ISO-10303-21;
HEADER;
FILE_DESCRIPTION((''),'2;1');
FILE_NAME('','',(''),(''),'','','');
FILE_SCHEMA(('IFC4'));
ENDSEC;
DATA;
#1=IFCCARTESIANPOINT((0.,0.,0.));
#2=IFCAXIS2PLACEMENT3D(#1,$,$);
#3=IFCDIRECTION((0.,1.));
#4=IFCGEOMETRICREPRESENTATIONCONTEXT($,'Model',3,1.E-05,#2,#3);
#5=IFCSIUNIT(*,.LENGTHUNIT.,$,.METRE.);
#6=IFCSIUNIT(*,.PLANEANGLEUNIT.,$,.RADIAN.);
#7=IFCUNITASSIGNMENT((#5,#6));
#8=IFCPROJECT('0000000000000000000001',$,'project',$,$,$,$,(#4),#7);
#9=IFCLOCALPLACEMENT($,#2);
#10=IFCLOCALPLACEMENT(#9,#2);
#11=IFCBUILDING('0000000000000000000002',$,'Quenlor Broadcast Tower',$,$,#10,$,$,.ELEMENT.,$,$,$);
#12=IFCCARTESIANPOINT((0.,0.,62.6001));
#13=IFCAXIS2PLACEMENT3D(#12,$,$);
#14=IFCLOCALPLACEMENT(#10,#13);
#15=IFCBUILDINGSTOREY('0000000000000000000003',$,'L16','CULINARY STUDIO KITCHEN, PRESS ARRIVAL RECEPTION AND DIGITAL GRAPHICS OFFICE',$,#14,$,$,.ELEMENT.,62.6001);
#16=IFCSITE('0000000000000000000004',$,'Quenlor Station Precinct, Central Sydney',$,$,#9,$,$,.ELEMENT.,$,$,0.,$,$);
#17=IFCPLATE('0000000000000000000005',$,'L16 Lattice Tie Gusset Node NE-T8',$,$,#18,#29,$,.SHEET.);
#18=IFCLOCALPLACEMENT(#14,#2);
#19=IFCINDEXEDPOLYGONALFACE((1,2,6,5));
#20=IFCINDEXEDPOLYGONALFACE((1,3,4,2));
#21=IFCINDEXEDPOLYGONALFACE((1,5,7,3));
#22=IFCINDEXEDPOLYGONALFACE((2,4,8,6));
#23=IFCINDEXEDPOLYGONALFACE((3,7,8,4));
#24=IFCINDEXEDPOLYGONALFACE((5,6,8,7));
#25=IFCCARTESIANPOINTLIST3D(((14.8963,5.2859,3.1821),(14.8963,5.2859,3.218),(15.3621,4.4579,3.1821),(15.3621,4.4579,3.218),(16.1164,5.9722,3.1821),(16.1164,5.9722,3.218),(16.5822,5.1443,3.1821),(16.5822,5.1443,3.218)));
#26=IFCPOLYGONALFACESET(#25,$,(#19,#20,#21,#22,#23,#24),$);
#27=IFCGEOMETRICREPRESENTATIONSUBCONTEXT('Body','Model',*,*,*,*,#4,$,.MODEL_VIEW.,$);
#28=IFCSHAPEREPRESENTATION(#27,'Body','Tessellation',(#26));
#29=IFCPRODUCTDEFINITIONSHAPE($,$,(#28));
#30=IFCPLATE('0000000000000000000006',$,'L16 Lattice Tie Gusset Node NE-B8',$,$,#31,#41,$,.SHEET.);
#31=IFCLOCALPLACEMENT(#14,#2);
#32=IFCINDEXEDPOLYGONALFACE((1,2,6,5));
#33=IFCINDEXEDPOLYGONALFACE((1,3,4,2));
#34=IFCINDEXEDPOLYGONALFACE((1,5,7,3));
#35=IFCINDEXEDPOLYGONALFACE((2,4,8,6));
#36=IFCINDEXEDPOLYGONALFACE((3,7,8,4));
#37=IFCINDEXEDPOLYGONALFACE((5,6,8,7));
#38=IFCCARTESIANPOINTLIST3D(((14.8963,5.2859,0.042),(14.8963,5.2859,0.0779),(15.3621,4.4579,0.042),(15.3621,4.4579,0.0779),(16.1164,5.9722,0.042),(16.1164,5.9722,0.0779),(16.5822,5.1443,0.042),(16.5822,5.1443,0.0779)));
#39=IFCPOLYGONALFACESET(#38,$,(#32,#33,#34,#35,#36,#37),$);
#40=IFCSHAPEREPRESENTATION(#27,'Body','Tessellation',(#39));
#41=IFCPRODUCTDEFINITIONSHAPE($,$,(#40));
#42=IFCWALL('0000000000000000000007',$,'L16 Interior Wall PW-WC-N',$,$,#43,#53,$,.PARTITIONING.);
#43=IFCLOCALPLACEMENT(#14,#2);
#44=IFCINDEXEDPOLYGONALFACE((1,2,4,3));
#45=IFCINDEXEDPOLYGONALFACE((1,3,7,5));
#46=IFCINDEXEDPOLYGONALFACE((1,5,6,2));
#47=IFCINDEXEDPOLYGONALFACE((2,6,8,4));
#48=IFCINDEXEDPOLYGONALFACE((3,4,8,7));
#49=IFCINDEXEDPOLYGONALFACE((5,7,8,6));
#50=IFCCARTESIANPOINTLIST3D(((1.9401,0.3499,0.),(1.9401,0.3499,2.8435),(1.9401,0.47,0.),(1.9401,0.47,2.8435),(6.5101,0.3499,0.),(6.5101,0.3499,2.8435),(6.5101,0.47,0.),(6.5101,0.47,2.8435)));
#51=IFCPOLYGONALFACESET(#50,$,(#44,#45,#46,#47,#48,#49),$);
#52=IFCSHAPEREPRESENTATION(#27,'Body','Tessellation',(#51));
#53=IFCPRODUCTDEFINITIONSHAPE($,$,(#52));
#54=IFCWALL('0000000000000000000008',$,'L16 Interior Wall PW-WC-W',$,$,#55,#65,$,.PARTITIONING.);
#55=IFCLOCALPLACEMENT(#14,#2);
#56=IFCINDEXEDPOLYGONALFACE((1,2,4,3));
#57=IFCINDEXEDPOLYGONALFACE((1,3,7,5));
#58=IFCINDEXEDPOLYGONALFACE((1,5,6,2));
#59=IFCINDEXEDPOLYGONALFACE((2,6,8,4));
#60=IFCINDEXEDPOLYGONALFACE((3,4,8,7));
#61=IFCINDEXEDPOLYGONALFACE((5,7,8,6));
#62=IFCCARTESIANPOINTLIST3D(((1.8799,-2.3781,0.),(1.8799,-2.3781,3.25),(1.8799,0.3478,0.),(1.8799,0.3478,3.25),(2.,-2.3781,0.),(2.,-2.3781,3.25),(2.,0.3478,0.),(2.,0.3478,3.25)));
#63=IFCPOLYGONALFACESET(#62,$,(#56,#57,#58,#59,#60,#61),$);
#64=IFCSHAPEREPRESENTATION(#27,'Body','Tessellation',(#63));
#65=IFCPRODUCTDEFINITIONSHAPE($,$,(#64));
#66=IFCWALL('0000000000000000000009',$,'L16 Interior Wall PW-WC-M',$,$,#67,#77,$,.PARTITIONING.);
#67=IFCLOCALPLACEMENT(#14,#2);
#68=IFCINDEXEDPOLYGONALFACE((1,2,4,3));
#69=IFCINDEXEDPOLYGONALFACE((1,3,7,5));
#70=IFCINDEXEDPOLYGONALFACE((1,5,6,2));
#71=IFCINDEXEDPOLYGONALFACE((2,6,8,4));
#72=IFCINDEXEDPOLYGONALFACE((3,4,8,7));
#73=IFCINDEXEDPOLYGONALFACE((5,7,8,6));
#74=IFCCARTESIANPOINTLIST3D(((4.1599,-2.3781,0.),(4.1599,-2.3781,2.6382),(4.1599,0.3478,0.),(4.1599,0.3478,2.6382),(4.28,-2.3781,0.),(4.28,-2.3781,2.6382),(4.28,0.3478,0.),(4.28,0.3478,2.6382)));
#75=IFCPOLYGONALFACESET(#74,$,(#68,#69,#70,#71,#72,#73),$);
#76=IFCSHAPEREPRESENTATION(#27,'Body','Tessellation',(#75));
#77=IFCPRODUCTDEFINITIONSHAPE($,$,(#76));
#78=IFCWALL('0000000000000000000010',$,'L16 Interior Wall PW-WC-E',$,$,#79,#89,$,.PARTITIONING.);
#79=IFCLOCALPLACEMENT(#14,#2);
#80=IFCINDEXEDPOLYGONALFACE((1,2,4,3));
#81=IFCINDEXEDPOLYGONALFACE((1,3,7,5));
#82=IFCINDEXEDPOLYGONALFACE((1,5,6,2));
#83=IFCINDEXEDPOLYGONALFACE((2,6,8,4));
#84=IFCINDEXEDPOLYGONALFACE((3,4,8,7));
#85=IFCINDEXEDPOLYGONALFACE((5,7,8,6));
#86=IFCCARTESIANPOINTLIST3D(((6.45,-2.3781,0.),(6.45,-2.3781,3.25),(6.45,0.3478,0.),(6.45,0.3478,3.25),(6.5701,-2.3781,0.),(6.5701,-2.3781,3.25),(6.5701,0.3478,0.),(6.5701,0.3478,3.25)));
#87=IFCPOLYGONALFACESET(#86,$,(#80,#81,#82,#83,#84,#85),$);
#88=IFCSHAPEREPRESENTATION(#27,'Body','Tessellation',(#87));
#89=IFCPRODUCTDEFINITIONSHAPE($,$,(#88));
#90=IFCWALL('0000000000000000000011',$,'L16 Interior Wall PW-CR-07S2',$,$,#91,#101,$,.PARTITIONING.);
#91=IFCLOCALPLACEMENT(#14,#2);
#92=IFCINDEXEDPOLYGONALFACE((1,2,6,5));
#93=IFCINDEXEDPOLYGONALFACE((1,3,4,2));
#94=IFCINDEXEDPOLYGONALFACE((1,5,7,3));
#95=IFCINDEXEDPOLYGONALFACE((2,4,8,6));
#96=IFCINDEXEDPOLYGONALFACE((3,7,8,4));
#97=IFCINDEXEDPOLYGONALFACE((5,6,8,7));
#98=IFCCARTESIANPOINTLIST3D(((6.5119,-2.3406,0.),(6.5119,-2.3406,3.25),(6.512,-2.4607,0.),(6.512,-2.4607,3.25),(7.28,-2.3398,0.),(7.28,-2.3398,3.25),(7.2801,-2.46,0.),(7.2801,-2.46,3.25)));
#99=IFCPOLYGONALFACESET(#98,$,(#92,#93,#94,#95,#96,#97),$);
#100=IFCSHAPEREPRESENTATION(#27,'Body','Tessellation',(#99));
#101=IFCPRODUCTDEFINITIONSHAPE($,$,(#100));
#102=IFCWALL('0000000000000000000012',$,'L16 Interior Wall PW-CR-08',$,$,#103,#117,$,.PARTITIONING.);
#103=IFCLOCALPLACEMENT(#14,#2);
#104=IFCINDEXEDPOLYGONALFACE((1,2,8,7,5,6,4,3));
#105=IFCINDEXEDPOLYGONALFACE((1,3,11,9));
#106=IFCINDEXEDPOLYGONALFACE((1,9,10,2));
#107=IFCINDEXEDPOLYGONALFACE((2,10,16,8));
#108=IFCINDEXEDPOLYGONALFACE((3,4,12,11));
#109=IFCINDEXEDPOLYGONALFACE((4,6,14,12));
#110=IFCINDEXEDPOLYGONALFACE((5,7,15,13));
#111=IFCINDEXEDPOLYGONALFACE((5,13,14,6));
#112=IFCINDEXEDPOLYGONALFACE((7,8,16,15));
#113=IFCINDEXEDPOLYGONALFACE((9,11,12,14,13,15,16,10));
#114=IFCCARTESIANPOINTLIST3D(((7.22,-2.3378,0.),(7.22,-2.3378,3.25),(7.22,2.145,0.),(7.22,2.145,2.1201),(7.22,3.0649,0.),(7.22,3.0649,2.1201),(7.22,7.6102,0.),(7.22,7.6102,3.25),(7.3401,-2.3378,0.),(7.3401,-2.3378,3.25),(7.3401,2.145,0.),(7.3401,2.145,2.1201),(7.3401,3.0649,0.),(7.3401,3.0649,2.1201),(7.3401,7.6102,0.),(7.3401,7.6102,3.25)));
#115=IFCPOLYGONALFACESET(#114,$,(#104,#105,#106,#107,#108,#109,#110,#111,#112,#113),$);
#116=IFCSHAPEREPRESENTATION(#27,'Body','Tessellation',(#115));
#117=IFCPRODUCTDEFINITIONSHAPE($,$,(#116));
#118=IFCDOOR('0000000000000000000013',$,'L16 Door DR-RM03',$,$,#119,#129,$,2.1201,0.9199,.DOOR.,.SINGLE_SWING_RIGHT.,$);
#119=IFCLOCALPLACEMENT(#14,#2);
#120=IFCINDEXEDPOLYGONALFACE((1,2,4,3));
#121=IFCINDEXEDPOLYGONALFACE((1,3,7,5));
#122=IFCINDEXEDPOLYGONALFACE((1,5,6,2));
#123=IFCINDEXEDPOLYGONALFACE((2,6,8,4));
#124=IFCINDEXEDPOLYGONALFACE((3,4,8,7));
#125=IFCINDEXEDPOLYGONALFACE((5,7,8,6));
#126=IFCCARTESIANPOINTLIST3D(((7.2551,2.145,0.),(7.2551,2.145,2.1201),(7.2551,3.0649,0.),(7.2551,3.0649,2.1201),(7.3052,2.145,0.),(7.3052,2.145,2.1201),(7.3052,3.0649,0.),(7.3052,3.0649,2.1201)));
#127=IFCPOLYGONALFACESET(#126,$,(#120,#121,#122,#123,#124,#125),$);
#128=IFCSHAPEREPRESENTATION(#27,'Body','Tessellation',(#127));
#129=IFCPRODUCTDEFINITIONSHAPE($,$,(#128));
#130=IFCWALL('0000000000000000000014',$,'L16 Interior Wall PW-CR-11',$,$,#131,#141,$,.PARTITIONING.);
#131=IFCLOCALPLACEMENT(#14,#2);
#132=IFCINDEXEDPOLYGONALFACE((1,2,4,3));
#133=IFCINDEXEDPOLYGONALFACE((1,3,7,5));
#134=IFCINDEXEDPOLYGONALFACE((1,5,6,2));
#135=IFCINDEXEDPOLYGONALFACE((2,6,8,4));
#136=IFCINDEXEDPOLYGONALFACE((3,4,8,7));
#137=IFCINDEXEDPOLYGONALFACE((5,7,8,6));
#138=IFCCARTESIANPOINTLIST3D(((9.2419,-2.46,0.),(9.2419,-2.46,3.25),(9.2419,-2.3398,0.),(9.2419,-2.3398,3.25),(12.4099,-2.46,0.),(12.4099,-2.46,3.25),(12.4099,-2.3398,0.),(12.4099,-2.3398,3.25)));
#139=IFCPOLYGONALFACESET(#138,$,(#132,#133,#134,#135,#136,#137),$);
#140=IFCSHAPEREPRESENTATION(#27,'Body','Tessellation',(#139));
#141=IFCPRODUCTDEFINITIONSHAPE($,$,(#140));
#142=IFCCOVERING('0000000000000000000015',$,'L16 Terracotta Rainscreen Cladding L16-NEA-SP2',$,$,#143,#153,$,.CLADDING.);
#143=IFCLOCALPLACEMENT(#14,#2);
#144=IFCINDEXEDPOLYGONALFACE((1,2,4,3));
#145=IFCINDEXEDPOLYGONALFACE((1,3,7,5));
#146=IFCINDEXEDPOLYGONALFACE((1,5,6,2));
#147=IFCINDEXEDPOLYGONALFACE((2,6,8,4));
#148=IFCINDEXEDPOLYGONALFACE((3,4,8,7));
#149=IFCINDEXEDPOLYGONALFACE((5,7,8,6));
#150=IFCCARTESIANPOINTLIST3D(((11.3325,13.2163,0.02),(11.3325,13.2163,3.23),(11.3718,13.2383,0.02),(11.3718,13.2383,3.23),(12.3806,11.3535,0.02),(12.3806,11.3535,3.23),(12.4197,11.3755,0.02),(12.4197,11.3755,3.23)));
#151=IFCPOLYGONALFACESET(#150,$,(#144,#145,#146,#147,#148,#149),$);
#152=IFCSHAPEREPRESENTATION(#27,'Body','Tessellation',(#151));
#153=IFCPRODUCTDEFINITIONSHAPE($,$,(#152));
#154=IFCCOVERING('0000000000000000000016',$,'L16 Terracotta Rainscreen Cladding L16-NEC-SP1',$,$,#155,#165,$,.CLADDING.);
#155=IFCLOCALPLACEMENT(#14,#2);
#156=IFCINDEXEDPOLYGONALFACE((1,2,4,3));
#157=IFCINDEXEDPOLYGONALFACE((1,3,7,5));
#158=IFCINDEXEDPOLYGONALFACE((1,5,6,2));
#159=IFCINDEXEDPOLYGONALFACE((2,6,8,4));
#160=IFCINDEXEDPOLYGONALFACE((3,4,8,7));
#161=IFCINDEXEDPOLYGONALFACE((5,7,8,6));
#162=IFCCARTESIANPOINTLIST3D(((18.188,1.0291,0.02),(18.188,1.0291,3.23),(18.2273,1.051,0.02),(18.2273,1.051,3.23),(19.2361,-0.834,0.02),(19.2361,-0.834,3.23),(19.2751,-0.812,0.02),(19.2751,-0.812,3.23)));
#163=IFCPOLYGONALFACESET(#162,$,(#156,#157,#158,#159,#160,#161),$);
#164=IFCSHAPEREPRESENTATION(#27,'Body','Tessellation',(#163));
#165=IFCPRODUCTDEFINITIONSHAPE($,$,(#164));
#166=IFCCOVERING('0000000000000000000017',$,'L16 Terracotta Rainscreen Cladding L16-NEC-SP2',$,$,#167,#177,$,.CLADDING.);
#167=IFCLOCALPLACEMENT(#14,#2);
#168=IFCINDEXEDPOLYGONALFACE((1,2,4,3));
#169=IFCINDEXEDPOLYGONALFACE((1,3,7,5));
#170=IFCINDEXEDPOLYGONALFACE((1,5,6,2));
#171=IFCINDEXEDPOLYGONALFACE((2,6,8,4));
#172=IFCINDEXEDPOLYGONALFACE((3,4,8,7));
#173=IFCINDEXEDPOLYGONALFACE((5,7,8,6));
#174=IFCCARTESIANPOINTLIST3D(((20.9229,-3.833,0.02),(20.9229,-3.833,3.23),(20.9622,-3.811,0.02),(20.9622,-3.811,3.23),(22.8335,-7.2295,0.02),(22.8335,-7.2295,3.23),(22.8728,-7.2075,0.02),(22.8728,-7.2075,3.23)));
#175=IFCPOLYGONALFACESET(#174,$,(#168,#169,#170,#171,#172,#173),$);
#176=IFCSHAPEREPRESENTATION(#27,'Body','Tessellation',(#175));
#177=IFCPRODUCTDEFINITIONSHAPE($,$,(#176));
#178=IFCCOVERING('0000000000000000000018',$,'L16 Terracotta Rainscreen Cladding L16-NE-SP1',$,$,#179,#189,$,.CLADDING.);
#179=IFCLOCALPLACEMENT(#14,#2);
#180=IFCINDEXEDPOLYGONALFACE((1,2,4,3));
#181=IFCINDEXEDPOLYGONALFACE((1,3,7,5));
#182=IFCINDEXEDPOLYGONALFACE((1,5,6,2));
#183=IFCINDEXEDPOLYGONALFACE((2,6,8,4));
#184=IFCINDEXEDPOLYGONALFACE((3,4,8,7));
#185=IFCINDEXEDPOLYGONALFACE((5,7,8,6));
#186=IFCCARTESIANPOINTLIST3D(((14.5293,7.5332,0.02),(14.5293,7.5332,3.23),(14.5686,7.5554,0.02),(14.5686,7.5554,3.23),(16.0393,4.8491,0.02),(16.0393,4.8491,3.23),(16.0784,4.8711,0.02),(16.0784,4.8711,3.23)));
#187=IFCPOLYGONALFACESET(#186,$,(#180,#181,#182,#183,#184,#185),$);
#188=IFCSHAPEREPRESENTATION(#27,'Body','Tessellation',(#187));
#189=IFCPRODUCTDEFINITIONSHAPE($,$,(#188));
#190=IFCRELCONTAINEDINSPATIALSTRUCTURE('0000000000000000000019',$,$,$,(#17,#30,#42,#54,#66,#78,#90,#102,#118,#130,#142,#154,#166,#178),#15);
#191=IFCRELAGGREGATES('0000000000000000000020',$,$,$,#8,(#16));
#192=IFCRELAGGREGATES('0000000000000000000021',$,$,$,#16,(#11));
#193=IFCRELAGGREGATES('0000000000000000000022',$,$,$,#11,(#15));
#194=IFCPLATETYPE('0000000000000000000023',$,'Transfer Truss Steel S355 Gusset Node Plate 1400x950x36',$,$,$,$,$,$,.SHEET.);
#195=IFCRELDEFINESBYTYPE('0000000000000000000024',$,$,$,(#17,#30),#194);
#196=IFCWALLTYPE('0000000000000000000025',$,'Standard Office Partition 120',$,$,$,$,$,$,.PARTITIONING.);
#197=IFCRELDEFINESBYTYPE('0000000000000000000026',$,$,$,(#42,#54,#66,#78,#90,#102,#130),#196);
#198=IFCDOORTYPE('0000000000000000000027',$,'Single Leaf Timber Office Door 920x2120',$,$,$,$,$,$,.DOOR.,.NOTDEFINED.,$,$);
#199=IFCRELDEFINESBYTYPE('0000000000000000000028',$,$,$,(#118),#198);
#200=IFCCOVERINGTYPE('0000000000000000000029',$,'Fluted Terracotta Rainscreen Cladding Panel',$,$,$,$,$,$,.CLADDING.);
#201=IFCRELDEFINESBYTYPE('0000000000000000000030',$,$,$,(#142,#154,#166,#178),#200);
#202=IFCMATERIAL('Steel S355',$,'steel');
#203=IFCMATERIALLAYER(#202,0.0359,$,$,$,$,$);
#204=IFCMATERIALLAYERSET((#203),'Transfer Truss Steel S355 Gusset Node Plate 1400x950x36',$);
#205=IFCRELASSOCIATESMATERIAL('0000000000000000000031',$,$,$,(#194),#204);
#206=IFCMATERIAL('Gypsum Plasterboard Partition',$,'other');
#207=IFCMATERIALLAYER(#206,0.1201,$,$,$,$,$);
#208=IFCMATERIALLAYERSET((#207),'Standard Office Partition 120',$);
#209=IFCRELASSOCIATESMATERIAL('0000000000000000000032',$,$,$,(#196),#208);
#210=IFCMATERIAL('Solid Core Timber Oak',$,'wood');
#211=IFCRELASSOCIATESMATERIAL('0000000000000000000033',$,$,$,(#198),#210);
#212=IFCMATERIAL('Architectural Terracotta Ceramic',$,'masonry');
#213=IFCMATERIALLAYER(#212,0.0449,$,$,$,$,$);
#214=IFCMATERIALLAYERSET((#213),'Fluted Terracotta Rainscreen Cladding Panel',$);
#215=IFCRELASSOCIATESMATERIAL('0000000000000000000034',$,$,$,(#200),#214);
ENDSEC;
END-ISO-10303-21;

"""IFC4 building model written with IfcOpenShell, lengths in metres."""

from ifc_helpers import new_model, si_unit, direction, frame, frame_2d, origin, origin_2d, place, context, subcontext, project, spatial, polyline, rectangle, outline, extrude, material, layer, layer_set, type_object, element, fill, save


model = new_model("IFC4")

# Units and contexts
model_context = context("Model", 3, precision=1e-05, world=origin(), true_north=direction((0.0, 1.0)))
body_context = subcontext(model_context, "Body", "Model", "MODEL_VIEW")
ifc_project = project(units=[si_unit("LENGTHUNIT", "METRE"), si_unit("PLANEANGLEUNIT", "RADIAN")], contexts=[model_context])

# Site, building, storey
site_placement = place(None, origin())
site = spatial("IfcSite", under=ifc_project, at=site_placement, Name="Quenlor Station Precinct, Central Sydney", CompositionType="ELEMENT", RefElevation=0.0)
building_placement = place(site_placement, origin())
building = spatial("IfcBuilding", under=site, at=building_placement, Name="Quenlor Broadcast Tower", CompositionType="ELEMENT")
storey_placement = place(building_placement, frame((0.0, 0.0, 62.6001)))
storey = spatial("IfcBuildingStorey", under=building, at=storey_placement, Name="L16", Description="CULINARY STUDIO KITCHEN, PRESS ARRIVAL RECEPTION AND DIGITAL GRAPHICS OFFICE", CompositionType="ELEMENT", Elevation=62.6001)

# Plates
ifc_material_1 = material(Name="Steel S355", Category="steel")
ifc_layer_1 = layer(ifc_material_1, 0.0359)
ifc_layer_set_1 = layer_set([ifc_layer_1], Name="Transfer Truss Steel S355 Gusset Node Plate 1400x950x36")
plate_type = type_object("IfcPlateType", Name="Transfer Truss Steel S355 Gusset Node Plate 1400x950x36", PredefinedType="SHEET", material=ifc_layer_set_1)
for number, where, z_axis, x_axis, name in (
    (1, (15.7393, 5.2151, 3.1821), (0.0, 0.0, 1.0), (0.871556, 0.490295, 0.0), "L16 Lattice Tie Gusset Node NE-T8"),
    (2, (15.7393, 5.2151, 0.042), (0.0, 0.0, 1.0), (0.871556, 0.490295, 0.0), "L16 Lattice Tie Gusset Node NE-B8"),
):
    element("IfcPlate", number, at=place(storey_placement, frame(where, z_axis=z_axis, x_axis=x_axis)), inside=storey, type_object=plate_type, Name=name, PredefinedType="SHEET", context=body_context, shape_type="SweptSolid", body=[
        extrude(rectangle(XDim=1.3999, YDim=0.95, at=origin_2d()), origin(), (0.0, 0.0, 1.0), 0.0359),
    ])

# Walls
ifc_material_2 = material(Name="Gypsum Plasterboard Partition", Category="other")
ifc_layer_2 = layer(ifc_material_2, 0.1201)
ifc_layer_set_2 = layer_set([ifc_layer_2], Name="Standard Office Partition 120")
wall_type = type_object("IfcWallType", Name="Standard Office Partition 120", PredefinedType="PARTITIONING", material=ifc_layer_set_2)
wall_1_placement = place(storey_placement, frame((1.9399, 0.4099, 0.0), z_axis=(0.0, 0.0, 1.0), x_axis=(1.0, 0.0, 0.0)))
element("IfcWall", 3, at=wall_1_placement, inside=storey, type_object=wall_type, Name="L16 Interior Wall PW-WC-N", PredefinedType="PARTITIONING", context=body_context, shape_type="SweptSolid", body=[
    extrude(rectangle(XDim=4.5701, YDim=0.1201, at=frame_2d((2.2852, 0.0))), origin(), (0.0, 0.0, 1.0), 2.8435),
])
wall_2_placement = place(storey_placement, frame((1.9399, -2.3779, 0.0), z_axis=(0.0, 0.0, 1.0), x_axis=(0.0, 1.0, 0.0)))
element("IfcWall", 4, at=wall_2_placement, inside=storey, type_object=wall_type, Name="L16 Interior Wall PW-WC-W", PredefinedType="PARTITIONING", context=body_context, shape_type="SweptSolid", body=[
    extrude(rectangle(XDim=2.7258, YDim=0.1201, at=frame_2d((1.3628, 0.0))), origin(), (0.0, 0.0, 1.0), 3.25),
])
wall_3_placement = place(storey_placement, frame((4.22, -2.3779, 0.0), z_axis=(0.0, 0.0, 1.0), x_axis=(0.0, 1.0, 0.0)))
element("IfcWall", 5, at=wall_3_placement, inside=storey, type_object=wall_type, Name="L16 Interior Wall PW-WC-M", PredefinedType="PARTITIONING", context=body_context, shape_type="SweptSolid", body=[
    extrude(rectangle(XDim=2.7258, YDim=0.1201, at=frame_2d((1.3628, 0.0))), origin(), (0.0, 0.0, 1.0), 2.6382),
])
wall_4_placement = place(storey_placement, frame((6.51, -2.3779, 0.0), z_axis=(0.0, 0.0, 1.0), x_axis=(0.0, 1.0, 0.0)))
element("IfcWall", 6, at=wall_4_placement, inside=storey, type_object=wall_type, Name="L16 Interior Wall PW-WC-E", PredefinedType="PARTITIONING", context=body_context, shape_type="SweptSolid", body=[
    extrude(rectangle(XDim=2.7258, YDim=0.1201, at=frame_2d((1.3628, 0.0))), origin(), (0.0, 0.0, 1.0), 3.25),
])
wall_5_placement = place(storey_placement, frame((6.512, -2.4006, 0.0), z_axis=(0.0, 0.0, 1.0), x_axis=(1.0, 0.000954, 0.0)))
element("IfcWall", 7, at=wall_5_placement, inside=storey, type_object=wall_type, Name="L16 Interior Wall PW-CR-07S2", PredefinedType="PARTITIONING", context=body_context, shape_type="SweptSolid", body=[
    extrude(rectangle(XDim=0.7681, YDim=0.1201, at=frame_2d((0.384, 0.0))), origin(), (0.0, 0.0, 1.0), 3.25),
])

# Wall, opening, door
wall_6_placement = place(storey_placement, frame((7.28, -2.3379, 0.0), z_axis=(0.0, 0.0, 1.0), x_axis=(0.0, 1.0, 0.0)))
wall_6 = element("IfcWall", 8, at=wall_6_placement, inside=storey, type_object=wall_type, Name="L16 Interior Wall PW-CR-08", PredefinedType="PARTITIONING", context=body_context, shape_type="SweptSolid", body=[
    extrude(rectangle(XDim=9.948, YDim=0.1201, at=frame_2d((4.9741, 0.0))), origin(), (0.0, 0.0, 1.0), 3.25),
])
opening_placement = place(wall_6_placement, frame((4.4829, 0.0, 0.0)))
opening = element("IfcOpeningElement", 9, at=opening_placement, cuts=wall_6, PredefinedType="OPENING", context=body_context, shape_type="SweptSolid", body=[
    extrude(rectangle(XDim=0.9199, YDim=2.1201, at=frame_2d((0.46, 1.0601))), frame((0.0, 0.0701, 0.0), z_axis=(0.0, -1.0, 0.0), x_axis=(1.0, 0.0, 0.0)), (0.0, 0.0, 1.0), 0.1401),
])
ifc_material_3 = material(Name="Solid Core Timber Oak", Category="wood")
door_type = type_object("IfcDoorType", Name="Single Leaf Timber Office Door 920x2120", OperationType="NOTDEFINED", PredefinedType="DOOR", material=ifc_material_3)
door_placement = place(opening_placement, origin())
door = element("IfcDoor", 10, at=door_placement, inside=storey, type_object=door_type, Name="L16 Door DR-RM03", OperationType="SINGLE_SWING_RIGHT", OverallHeight=2.1201, OverallWidth=0.9199, PredefinedType="DOOR", context=body_context, shape_type="SweptSolid", body=[
    extrude(rectangle(XDim=0.9199, YDim=2.1201, at=frame_2d((0.46, 1.0601))), frame((0.0, 0.0249, 0.0), z_axis=(0.0, -1.0, 0.0), x_axis=(1.0, 0.0, 0.0)), (0.0, 0.0, 1.0), 0.05),
])
fill(opening, door)

# Wall
wall_7_placement = place(storey_placement, frame((9.2419, -2.3999, 0.0), z_axis=(0.0, 0.0, 1.0), x_axis=(1.0, 0.0, 0.0)))
element("IfcWall", 11, at=wall_7_placement, inside=storey, type_object=wall_type, Name="L16 Interior Wall PW-CR-11", PredefinedType="PARTITIONING", context=body_context, shape_type="SweptSolid", body=[
    extrude(rectangle(XDim=3.168, YDim=0.1201, at=frame_2d((1.584, 0.0))), origin(), (0.0, 0.0, 1.0), 3.25),
])

# Coverings
ifc_material_4 = material(Name="Architectural Terracotta Ceramic", Category="masonry")
ifc_layer_3 = layer(ifc_material_4, 0.0449)
ifc_layer_set_3 = layer_set([ifc_layer_3], Name="Fluted Terracotta Rainscreen Cladding Panel")
covering_type = type_object("IfcCoveringType", Name="Fluted Terracotta Rainscreen Cladding Panel", PredefinedType="CLADDING", material=ifc_layer_set_3)
covering_1_placement = place(storey_placement, frame((0.0, 0.0, 0.02)))
element("IfcCovering", 12, at=covering_1_placement, inside=storey, type_object=covering_type, Name="L16 Terracotta Rainscreen Cladding L16-NEA-SP2", PredefinedType="CLADDING", context=body_context, shape_type="SweptSolid", body=[
    extrude(outline(polyline([(11.3325, 13.2163), (12.3806, 11.3535), (12.4197, 11.3755), (11.3718, 13.2383), (11.3325, 13.2163)])), origin(), (0.0, 0.0, 1.0), 3.21),
])
covering_2_placement = place(storey_placement, frame((0.0, 0.0, 0.02)))
element("IfcCovering", 13, at=covering_2_placement, inside=storey, type_object=covering_type, Name="L16 Terracotta Rainscreen Cladding L16-NEC-SP1", PredefinedType="CLADDING", context=body_context, shape_type="SweptSolid", body=[
    extrude(outline(polyline([(18.188, 1.0291), (19.2361, -0.834), (19.2751, -0.812), (18.2273, 1.051), (18.188, 1.0291)])), origin(), (0.0, 0.0, 1.0), 3.21),
])
covering_3_placement = place(storey_placement, frame((0.0, 0.0, 0.02)))
element("IfcCovering", 14, at=covering_3_placement, inside=storey, type_object=covering_type, Name="L16 Terracotta Rainscreen Cladding L16-NEC-SP2", PredefinedType="CLADDING", context=body_context, shape_type="SweptSolid", body=[
    extrude(outline(polyline([(20.9229, -3.833), (22.8335, -7.2295), (22.8728, -7.2075), (20.9622, -3.811), (20.9229, -3.833)])), origin(), (0.0, 0.0, 1.0), 3.21),
])
covering_4_placement = place(storey_placement, frame((0.0, 0.0, 0.02)))
element("IfcCovering", 15, at=covering_4_placement, inside=storey, type_object=covering_type, Name="L16 Terracotta Rainscreen Cladding L16-NE-SP1", PredefinedType="CLADDING", context=body_context, shape_type="SweptSolid", body=[
    extrude(outline(polyline([(14.5293, 7.5332), (16.0393, 4.8491), (16.0784, 4.8711), (14.5686, 7.5554), (14.5293, 7.5332)])), origin(), (0.0, 0.0, 1.0), 3.21),
])

save(model, "model.ifc")
